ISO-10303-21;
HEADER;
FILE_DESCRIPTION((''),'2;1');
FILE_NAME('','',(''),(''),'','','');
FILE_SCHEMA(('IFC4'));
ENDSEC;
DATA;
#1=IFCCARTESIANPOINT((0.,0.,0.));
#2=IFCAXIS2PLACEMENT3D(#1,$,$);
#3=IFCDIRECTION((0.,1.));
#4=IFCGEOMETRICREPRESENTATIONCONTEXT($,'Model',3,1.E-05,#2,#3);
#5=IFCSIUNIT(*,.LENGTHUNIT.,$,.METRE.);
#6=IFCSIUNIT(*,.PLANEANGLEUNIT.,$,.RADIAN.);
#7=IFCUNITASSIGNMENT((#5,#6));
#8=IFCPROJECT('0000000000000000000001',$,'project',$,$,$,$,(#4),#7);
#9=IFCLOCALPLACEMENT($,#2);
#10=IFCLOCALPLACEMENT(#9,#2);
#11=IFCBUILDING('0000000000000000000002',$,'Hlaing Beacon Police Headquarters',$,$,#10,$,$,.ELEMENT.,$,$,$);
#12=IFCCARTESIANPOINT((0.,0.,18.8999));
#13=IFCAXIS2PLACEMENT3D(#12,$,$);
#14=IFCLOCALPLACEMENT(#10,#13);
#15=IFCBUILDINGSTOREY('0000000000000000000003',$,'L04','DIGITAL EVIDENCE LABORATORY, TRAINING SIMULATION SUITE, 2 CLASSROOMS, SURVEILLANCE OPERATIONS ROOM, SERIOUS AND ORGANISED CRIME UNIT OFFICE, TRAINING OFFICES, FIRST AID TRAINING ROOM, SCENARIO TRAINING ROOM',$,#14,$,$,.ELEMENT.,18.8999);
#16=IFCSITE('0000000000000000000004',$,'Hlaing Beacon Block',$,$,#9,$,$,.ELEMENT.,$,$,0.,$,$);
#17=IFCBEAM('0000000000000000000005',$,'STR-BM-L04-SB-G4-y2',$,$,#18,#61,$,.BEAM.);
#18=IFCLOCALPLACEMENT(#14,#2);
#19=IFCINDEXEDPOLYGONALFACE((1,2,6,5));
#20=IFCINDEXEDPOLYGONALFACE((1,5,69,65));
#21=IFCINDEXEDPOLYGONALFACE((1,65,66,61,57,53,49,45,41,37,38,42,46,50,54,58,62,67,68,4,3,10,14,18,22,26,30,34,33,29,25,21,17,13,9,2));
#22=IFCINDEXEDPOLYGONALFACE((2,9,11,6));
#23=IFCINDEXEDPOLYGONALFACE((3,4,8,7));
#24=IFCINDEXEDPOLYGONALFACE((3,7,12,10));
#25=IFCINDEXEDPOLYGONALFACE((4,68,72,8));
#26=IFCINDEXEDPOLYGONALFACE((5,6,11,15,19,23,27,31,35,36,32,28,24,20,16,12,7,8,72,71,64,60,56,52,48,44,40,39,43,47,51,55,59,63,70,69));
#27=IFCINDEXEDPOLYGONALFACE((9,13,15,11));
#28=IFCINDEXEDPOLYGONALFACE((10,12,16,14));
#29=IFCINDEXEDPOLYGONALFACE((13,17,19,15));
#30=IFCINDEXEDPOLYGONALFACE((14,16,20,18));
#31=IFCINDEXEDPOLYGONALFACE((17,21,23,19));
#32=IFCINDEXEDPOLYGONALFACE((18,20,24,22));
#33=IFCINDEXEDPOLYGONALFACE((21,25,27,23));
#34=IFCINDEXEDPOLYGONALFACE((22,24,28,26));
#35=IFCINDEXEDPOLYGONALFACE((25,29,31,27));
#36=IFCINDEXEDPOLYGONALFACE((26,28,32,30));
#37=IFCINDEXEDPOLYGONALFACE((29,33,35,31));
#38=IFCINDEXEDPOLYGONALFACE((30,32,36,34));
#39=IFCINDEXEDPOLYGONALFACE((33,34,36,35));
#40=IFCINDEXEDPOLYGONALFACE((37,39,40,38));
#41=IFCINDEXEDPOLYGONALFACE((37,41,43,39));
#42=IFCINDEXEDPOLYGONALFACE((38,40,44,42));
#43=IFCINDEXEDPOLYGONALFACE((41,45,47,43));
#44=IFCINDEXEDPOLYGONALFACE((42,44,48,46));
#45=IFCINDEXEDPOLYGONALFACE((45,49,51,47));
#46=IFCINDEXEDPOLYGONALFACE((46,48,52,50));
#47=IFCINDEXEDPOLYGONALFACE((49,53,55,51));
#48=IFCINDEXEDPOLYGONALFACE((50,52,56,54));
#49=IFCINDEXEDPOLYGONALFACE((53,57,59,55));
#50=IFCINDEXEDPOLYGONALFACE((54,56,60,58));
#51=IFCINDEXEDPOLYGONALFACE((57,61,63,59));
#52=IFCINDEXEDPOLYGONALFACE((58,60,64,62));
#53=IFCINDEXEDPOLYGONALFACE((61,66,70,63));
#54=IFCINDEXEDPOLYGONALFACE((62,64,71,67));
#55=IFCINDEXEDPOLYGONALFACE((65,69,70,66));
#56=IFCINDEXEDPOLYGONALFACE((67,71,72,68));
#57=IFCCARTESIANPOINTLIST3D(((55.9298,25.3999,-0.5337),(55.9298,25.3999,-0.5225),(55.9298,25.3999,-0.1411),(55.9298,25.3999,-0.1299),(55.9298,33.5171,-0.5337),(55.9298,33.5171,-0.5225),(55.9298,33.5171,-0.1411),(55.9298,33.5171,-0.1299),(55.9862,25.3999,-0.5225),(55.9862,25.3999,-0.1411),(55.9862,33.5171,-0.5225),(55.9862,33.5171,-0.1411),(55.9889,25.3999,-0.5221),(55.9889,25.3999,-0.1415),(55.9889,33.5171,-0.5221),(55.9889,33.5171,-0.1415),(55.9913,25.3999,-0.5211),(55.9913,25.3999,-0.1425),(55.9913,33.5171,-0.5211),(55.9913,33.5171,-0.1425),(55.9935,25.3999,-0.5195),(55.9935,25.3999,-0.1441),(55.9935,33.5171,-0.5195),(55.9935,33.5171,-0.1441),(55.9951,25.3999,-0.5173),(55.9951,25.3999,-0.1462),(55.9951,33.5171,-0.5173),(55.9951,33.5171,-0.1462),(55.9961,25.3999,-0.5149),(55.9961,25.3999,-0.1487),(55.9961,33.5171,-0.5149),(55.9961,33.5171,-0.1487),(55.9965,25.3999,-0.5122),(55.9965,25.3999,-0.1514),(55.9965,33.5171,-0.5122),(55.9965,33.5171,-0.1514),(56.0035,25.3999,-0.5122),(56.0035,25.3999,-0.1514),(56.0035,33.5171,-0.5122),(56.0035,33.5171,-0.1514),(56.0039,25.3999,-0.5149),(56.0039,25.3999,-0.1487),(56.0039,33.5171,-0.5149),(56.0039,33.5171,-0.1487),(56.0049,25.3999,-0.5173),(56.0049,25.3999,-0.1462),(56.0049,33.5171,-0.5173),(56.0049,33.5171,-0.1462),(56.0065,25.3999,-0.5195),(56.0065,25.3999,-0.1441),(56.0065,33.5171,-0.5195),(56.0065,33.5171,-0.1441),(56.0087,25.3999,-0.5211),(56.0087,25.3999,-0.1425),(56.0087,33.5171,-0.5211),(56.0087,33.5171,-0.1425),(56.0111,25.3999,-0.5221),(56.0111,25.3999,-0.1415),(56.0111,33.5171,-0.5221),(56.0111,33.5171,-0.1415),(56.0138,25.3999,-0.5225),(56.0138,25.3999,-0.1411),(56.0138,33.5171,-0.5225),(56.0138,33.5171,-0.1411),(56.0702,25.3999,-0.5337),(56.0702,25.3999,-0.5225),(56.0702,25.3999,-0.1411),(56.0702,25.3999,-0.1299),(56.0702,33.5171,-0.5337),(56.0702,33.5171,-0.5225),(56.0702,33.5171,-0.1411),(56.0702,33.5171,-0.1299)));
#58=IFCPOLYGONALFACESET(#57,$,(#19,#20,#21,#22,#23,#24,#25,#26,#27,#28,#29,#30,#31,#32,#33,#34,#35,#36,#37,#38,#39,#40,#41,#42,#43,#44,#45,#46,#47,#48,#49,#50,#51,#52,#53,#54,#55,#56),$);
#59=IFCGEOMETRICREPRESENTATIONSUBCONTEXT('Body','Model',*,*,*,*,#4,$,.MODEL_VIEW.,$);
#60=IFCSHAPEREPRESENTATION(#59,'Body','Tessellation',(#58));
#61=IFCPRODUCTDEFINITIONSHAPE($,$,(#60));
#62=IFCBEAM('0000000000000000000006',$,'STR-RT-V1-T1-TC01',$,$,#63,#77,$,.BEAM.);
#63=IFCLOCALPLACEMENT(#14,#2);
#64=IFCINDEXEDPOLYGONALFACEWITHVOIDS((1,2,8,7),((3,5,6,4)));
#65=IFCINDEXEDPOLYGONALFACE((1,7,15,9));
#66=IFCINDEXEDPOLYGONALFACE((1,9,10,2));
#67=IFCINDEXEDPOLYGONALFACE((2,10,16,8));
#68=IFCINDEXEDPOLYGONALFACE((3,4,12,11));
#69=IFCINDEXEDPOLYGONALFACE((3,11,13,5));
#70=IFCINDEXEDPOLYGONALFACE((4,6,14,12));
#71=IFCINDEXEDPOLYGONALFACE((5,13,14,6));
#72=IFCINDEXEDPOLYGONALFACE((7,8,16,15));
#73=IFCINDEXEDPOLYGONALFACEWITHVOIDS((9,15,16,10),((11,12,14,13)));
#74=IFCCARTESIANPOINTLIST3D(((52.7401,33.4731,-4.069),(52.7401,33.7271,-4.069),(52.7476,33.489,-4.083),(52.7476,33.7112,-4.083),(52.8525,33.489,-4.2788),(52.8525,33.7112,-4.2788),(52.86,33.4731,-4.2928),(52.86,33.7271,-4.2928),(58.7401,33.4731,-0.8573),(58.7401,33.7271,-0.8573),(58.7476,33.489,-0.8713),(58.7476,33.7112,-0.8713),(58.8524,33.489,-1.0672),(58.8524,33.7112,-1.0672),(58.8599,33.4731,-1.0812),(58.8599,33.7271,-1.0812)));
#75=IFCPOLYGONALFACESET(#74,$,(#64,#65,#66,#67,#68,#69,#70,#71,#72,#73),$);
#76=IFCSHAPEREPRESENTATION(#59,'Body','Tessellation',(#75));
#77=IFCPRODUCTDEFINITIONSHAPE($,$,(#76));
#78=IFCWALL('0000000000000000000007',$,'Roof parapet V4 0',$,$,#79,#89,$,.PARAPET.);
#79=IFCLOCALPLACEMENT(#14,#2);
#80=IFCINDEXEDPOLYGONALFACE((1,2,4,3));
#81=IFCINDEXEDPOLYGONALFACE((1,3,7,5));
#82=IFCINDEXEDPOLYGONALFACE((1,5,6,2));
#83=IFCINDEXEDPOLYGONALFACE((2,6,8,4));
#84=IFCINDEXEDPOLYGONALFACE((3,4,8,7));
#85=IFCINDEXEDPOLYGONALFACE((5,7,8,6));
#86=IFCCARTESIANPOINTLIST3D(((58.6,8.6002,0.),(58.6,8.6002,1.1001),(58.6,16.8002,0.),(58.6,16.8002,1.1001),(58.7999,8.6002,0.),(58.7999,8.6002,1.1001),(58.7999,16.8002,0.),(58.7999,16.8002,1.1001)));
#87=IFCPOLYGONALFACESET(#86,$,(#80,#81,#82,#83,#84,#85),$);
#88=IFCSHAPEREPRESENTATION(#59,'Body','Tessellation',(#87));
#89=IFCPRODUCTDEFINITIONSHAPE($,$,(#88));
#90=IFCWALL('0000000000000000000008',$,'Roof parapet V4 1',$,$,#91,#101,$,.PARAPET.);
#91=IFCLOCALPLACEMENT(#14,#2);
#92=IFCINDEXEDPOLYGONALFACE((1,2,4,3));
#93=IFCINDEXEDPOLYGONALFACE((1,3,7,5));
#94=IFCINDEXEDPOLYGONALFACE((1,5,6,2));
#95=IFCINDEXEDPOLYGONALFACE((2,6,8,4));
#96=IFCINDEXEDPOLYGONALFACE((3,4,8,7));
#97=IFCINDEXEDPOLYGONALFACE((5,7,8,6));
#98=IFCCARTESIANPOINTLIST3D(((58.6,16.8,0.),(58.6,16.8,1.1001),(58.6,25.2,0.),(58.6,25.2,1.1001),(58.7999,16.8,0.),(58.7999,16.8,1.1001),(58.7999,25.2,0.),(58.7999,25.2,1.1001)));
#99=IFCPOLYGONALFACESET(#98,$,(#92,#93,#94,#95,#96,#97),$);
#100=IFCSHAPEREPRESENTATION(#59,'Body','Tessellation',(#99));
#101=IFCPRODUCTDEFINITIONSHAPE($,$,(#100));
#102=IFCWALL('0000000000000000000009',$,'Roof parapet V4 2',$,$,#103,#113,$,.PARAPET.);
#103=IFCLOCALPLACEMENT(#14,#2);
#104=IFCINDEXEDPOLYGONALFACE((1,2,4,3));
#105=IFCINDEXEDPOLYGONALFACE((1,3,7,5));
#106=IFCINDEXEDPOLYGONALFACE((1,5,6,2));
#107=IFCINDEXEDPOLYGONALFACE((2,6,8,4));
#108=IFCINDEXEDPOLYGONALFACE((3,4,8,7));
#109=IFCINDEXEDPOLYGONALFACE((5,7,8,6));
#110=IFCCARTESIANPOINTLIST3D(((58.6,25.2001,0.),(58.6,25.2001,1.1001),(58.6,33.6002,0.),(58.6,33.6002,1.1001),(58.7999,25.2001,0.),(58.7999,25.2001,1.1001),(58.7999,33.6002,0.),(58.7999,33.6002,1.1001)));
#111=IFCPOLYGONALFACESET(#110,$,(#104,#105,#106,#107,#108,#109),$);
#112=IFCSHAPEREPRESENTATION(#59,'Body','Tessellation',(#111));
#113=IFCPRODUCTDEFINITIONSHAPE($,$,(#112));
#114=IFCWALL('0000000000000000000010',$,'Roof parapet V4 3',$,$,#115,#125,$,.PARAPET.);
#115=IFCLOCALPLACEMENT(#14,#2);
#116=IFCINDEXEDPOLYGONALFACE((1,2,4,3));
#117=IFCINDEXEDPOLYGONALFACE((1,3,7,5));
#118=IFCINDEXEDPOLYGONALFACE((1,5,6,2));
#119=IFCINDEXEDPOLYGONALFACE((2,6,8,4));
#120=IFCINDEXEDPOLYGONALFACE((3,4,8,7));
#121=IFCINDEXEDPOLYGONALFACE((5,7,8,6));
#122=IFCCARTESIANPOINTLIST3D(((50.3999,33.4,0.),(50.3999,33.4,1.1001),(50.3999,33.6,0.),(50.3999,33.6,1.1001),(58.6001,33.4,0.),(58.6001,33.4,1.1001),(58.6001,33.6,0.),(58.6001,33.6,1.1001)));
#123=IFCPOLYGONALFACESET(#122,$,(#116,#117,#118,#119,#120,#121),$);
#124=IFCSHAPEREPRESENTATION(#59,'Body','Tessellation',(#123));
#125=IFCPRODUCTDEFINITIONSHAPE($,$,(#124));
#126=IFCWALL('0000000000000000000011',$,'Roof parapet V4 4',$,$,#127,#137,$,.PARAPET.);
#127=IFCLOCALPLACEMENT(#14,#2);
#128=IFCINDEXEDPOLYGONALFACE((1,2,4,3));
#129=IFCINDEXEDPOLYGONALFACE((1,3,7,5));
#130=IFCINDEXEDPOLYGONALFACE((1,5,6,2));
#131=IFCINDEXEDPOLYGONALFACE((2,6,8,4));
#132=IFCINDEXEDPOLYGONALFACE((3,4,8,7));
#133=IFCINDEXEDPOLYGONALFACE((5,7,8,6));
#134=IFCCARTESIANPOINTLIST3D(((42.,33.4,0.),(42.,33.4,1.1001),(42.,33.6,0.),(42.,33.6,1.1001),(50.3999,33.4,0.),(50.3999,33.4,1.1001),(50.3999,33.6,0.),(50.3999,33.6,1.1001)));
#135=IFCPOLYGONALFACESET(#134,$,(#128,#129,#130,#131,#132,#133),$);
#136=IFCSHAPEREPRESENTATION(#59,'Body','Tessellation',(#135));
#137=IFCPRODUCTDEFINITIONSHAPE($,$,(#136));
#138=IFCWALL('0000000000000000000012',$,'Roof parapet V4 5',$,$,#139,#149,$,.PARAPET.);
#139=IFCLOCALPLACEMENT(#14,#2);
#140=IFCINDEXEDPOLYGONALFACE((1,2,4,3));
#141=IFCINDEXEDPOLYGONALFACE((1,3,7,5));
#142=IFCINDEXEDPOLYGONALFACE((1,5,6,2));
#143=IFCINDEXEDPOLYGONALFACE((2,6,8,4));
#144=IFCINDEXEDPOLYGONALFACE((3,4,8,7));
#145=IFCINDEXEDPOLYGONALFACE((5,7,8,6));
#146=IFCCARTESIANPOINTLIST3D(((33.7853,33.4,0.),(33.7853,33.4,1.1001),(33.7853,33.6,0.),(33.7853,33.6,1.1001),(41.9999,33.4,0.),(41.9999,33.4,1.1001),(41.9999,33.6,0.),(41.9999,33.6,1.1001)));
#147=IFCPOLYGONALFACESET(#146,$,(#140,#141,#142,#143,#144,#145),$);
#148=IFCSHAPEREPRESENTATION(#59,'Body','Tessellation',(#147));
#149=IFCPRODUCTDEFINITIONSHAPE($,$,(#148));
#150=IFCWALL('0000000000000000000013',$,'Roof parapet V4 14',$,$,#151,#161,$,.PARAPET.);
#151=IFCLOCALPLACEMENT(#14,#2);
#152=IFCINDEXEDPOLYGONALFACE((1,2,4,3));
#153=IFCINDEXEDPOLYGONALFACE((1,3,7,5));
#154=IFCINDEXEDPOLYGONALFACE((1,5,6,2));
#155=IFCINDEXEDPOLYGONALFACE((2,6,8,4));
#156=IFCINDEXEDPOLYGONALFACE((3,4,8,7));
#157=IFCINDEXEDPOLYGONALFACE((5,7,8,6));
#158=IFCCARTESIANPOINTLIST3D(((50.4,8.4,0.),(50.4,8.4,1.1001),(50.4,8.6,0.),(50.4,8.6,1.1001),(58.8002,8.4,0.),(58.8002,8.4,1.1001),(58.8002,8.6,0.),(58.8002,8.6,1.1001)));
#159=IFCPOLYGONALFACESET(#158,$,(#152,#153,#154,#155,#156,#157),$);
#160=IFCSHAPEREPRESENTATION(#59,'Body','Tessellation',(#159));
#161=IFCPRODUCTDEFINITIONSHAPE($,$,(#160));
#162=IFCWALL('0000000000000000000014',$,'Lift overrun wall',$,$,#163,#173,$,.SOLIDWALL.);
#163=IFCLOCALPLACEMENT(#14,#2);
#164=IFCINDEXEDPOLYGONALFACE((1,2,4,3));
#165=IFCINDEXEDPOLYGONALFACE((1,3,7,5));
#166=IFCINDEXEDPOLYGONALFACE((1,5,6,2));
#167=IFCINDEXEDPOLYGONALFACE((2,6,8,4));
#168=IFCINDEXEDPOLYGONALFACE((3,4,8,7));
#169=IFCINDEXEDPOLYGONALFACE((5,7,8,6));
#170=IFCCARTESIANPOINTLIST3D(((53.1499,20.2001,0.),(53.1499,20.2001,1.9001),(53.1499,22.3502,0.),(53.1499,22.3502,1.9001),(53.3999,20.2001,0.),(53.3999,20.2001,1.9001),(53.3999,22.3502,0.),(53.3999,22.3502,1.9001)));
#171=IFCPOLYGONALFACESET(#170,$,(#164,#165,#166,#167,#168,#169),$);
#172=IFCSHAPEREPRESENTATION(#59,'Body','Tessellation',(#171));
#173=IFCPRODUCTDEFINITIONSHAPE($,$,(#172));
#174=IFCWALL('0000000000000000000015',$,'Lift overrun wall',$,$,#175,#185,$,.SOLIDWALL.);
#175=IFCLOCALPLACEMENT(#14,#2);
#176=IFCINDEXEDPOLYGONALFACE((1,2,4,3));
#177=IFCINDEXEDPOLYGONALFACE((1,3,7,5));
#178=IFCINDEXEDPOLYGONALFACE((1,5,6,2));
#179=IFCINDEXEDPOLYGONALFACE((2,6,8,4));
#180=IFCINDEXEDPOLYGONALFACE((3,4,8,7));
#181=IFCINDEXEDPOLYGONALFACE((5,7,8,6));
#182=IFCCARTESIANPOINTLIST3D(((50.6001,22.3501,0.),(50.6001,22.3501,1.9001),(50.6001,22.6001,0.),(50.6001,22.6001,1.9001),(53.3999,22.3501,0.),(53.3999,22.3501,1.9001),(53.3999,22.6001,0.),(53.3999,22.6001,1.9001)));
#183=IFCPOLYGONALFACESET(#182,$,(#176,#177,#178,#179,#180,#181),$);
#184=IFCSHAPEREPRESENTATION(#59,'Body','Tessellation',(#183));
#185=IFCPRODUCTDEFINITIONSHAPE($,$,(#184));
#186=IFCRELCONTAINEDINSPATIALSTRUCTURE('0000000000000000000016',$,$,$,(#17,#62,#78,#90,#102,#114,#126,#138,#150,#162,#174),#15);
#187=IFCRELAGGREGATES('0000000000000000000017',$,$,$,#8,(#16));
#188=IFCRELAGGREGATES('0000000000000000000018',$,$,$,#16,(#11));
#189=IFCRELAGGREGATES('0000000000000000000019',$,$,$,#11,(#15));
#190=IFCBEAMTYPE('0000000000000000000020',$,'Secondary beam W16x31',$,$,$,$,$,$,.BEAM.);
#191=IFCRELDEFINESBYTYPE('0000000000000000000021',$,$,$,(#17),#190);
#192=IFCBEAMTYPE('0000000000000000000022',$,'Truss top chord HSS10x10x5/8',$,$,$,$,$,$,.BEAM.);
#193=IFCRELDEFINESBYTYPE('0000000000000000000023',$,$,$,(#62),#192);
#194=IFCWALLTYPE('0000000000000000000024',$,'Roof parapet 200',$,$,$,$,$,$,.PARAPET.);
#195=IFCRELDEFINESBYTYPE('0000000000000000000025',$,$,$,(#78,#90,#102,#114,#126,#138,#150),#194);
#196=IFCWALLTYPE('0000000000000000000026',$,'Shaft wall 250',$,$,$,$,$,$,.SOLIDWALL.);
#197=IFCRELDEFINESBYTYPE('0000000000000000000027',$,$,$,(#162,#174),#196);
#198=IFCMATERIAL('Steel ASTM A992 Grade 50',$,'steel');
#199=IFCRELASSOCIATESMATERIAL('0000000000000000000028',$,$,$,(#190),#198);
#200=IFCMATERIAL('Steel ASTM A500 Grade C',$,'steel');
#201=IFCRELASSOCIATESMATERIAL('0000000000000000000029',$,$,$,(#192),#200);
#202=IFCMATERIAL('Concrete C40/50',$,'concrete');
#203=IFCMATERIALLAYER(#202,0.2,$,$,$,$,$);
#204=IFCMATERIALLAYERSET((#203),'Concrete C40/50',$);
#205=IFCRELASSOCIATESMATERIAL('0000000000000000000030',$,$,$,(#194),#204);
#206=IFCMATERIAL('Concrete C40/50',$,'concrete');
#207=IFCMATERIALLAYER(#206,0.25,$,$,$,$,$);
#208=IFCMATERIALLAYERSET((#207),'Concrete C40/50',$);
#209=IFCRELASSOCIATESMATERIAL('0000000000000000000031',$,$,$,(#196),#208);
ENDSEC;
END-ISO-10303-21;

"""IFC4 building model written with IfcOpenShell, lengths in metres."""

from ifc_helpers import new_model, si_unit, direction, frame, frame_2d, origin, origin_2d, place, context, subcontext, project, spatial, rectangle, hollow_rectangle, i_section, extrude, material, layer, layer_set, material_profile, profile_set, type_object, element, save


model = new_model("IFC4")

# Units and contexts
model_context = context("Model", 3, precision=1e-05, world=origin(), true_north=direction((0.0, 1.0)))
body_context = subcontext(model_context, "Body", "Model", "MODEL_VIEW")
ifc_project = project(units=[si_unit("LENGTHUNIT", "METRE"), si_unit("PLANEANGLEUNIT", "RADIAN")], contexts=[model_context])

# Site, building, storey
site_placement = place(None, origin())
site = spatial("IfcSite", under=ifc_project, at=site_placement, Name="Hlaing Beacon Block", CompositionType="ELEMENT", RefElevation=0.0)
building_placement = place(site_placement, origin())
building = spatial("IfcBuilding", under=site, at=building_placement, Name="Hlaing Beacon Police Headquarters", CompositionType="ELEMENT")
storey_placement = place(building_placement, frame((0.0, 0.0, 18.8999)))
storey = spatial("IfcBuildingStorey", under=building, at=storey_placement, Name="L04", Description="DIGITAL EVIDENCE LABORATORY, TRAINING SIMULATION SUITE, 2 CLASSROOMS, SURVEILLANCE OPERATIONS ROOM, SERIOUS AND ORGANISED CRIME UNIT OFFICE, TRAINING OFFICES, FIRST AID TRAINING ROOM, SCENARIO TRAINING ROOM", CompositionType="ELEMENT", Elevation=18.8999)

# Beams
ifc_material_1 = material(Name="Steel ASTM A992 Grade 50", Category="steel")
ifc_material_profile_1 = material_profile(ifc_material_1, i_section(OverallWidth=0.1404, OverallDepth=0.4038, WebThickness=0.0071, FlangeThickness=0.0112, FilletRadius=0.0103, at=origin_2d()), Name="W16x31")
ifc_profile_set_1 = profile_set([ifc_material_profile_1], Name="Steel ASTM A992 Grade 50")
beam_type_1 = type_object("IfcBeamType", Name="Secondary beam W16x31", PredefinedType="BEAM", material=ifc_profile_set_1)
for number, where, z_axis, x_axis, name in (
    (1, (56.0, 25.3999, -0.3318), (0.0, 1.0, 0.0), (-1.0, 0.0, 0.0), "STR-BM-L04-SB-G4-y2"),
):
    element("IfcBeam", number, at=place(storey_placement, frame(where, z_axis=z_axis, x_axis=x_axis)), inside=storey, type_object=beam_type_1, Name=name, PredefinedType="BEAM", context=body_context, shape_type="SweptSolid", body=[
        extrude(i_section(OverallWidth=0.1404, OverallDepth=0.4038, WebThickness=0.0071, FlangeThickness=0.0112, FilletRadius=0.0103, at=origin_2d()), origin(), (0.0, 0.0, 1.0), 8.1172),
    ])
ifc_material_2 = material(Name="Steel ASTM A500 Grade C", Category="steel")
ifc_material_profile_2 = material_profile(ifc_material_2, hollow_rectangle(XDim=0.2539, YDim=0.2539, WallThickness=0.0159, at=origin_2d()), Name="HSS10x10x5/8")
ifc_profile_set_2 = profile_set([ifc_material_profile_2], Name="Steel ASTM A500 Grade C")
beam_type_2 = type_object("IfcBeamType", Name="Truss top chord HSS10x10x5/8", PredefinedType="BEAM", material=ifc_profile_set_2)
beam_1_placement = place(storey_placement, frame((52.8, 33.6001, -4.1809), z_axis=(0.88164, 0.0, 0.471923), x_axis=(0.0, 1.0, 0.0)))
element("IfcBeam", 2, at=beam_1_placement, inside=storey, type_object=beam_type_2, Name="STR-RT-V1-T1-TC01", PredefinedType="BEAM", context=body_context, shape_type="SweptSolid", body=[
    extrude(hollow_rectangle(XDim=0.2539, YDim=0.2539, WallThickness=0.0159, at=origin_2d()), origin(), (0.0, 0.0, 1.0), 6.8054),
])

# Walls
ifc_material_3 = material(Name="Concrete C40/50", Category="concrete")
ifc_layer_1 = layer(ifc_material_3, 0.2)
ifc_layer_set_1 = layer_set([ifc_layer_1], Name="Concrete C40/50")
wall_type_1 = type_object("IfcWallType", Name="Roof parapet 200", PredefinedType="PARAPET", material=ifc_layer_set_1)
wall_1_placement = place(storey_placement, frame((58.7, 8.6001, 0.0), z_axis=(0.0, 0.0, 1.0), x_axis=(0.0, 1.0, 0.0)))
element("IfcWall", 3, at=wall_1_placement, inside=storey, type_object=wall_type_1, Name="Roof parapet V4 0", PredefinedType="PARAPET", context=body_context, shape_type="SweptSolid", body=[
    extrude(rectangle(XDim=8.2, YDim=0.2, at=frame_2d((4.1001, 0.0))), origin(), (0.0, 0.0, 1.0), 1.1001),
])
wall_2_placement = place(storey_placement, frame((58.7, 16.8, 0.0), z_axis=(0.0, 0.0, 1.0), x_axis=(0.0, 1.0, 0.0)))
element("IfcWall", 4, at=wall_2_placement, inside=storey, type_object=wall_type_1, Name="Roof parapet V4 1", PredefinedType="PARAPET", context=body_context, shape_type="SweptSolid", body=[
    extrude(rectangle(XDim=8.3999, YDim=0.2, at=frame_2d((4.2, 0.0))), origin(), (0.0, 0.0, 1.0), 1.1001),
])
wall_3_placement = place(storey_placement, frame((58.7, 25.2, 0.0), z_axis=(0.0, 0.0, 1.0), x_axis=(0.0, 1.0, 0.0)))
element("IfcWall", 5, at=wall_3_placement, inside=storey, type_object=wall_type_1, Name="Roof parapet V4 2", PredefinedType="PARAPET", context=body_context, shape_type="SweptSolid", body=[
    extrude(rectangle(XDim=8.4001, YDim=0.2, at=frame_2d((4.2002, 0.0))), origin(), (0.0, 0.0, 1.0), 1.1001),
])
wall_4_placement = place(storey_placement, frame((58.6001, 33.5, 0.0), z_axis=(0.0, 0.0, 1.0), x_axis=(-1.0, 0.0, 0.0)))
element("IfcWall", 6, at=wall_4_placement, inside=storey, type_object=wall_type_1, Name="Roof parapet V4 3", PredefinedType="PARAPET", context=body_context, shape_type="SweptSolid", body=[
    extrude(rectangle(XDim=8.2002, YDim=0.2, at=frame_2d((4.1001, 0.0))), origin(), (0.0, 0.0, 1.0), 1.1001),
])
wall_5_placement = place(storey_placement, frame((50.3999, 33.5, 0.0), z_axis=(0.0, 0.0, 1.0), x_axis=(-1.0, 0.0, 0.0)))
element("IfcWall", 7, at=wall_5_placement, inside=storey, type_object=wall_type_1, Name="Roof parapet V4 4", PredefinedType="PARAPET", context=body_context, shape_type="SweptSolid", body=[
    extrude(rectangle(XDim=8.3999, YDim=0.2, at=frame_2d((4.2, 0.0))), origin(), (0.0, 0.0, 1.0), 1.1001),
])
wall_6_placement = place(storey_placement, frame((42.0, 33.5, 0.0), z_axis=(0.0, 0.0, 1.0), x_axis=(-1.0, 0.0, 0.0)))
element("IfcWall", 8, at=wall_6_placement, inside=storey, type_object=wall_type_1, Name="Roof parapet V4 5", PredefinedType="PARAPET", context=body_context, shape_type="SweptSolid", body=[
    extrude(rectangle(XDim=8.2146, YDim=0.2, at=frame_2d((4.1074, 0.0))), origin(), (0.0, 0.0, 1.0), 1.1001),
])
wall_7_placement = place(storey_placement, frame((50.3999, 8.5, 0.0), z_axis=(0.0, 0.0, 1.0), x_axis=(1.0, 0.0, 0.0)))
element("IfcWall", 9, at=wall_7_placement, inside=storey, type_object=wall_type_1, Name="Roof parapet V4 14", PredefinedType="PARAPET", context=body_context, shape_type="SweptSolid", body=[
    extrude(rectangle(XDim=8.4001, YDim=0.2, at=frame_2d((4.2002, 0.0))), origin(), (0.0, 0.0, 1.0), 1.1001),
])
ifc_material_4 = material(Name="Concrete C40/50", Category="concrete")
ifc_layer_2 = layer(ifc_material_4, 0.25)
ifc_layer_set_2 = layer_set([ifc_layer_2], Name="Concrete C40/50")
wall_type_2 = type_object("IfcWallType", Name="Shaft wall 250", PredefinedType="SOLIDWALL", material=ifc_layer_set_2)
wall_8_placement = place(storey_placement, frame((53.2749, 20.2, 0.0), z_axis=(0.0, 0.0, 1.0), x_axis=(0.0, 1.0, 0.0)))
element("IfcWall", 10, at=wall_8_placement, inside=storey, type_object=wall_type_2, Name="Lift overrun wall", PredefinedType="SOLIDWALL", context=body_context, shape_type="SweptSolid", body=[
    extrude(rectangle(XDim=2.1501, YDim=0.25, at=frame_2d((1.0752, 0.0))), origin(), (0.0, 0.0, 1.0), 1.9001),
])
for number, where, z_axis, x_axis, name in (
    (11, (50.6001, 22.4751, 0.0), (0.0, 0.0, 1.0), (1.0, 0.0, 0.0), "Lift overrun wall"),
):
    element("IfcWall", number, at=place(storey_placement, frame(where, z_axis=z_axis, x_axis=x_axis)), inside=storey, type_object=wall_type_2, Name=name, PredefinedType="SOLIDWALL", context=body_context, shape_type="SweptSolid", body=[
        extrude(rectangle(XDim=2.7998, YDim=0.25, at=frame_2d((1.3999, 0.0))), origin(), (0.0, 0.0, 1.0), 1.9001),
    ])

save(model, "model.ifc")
